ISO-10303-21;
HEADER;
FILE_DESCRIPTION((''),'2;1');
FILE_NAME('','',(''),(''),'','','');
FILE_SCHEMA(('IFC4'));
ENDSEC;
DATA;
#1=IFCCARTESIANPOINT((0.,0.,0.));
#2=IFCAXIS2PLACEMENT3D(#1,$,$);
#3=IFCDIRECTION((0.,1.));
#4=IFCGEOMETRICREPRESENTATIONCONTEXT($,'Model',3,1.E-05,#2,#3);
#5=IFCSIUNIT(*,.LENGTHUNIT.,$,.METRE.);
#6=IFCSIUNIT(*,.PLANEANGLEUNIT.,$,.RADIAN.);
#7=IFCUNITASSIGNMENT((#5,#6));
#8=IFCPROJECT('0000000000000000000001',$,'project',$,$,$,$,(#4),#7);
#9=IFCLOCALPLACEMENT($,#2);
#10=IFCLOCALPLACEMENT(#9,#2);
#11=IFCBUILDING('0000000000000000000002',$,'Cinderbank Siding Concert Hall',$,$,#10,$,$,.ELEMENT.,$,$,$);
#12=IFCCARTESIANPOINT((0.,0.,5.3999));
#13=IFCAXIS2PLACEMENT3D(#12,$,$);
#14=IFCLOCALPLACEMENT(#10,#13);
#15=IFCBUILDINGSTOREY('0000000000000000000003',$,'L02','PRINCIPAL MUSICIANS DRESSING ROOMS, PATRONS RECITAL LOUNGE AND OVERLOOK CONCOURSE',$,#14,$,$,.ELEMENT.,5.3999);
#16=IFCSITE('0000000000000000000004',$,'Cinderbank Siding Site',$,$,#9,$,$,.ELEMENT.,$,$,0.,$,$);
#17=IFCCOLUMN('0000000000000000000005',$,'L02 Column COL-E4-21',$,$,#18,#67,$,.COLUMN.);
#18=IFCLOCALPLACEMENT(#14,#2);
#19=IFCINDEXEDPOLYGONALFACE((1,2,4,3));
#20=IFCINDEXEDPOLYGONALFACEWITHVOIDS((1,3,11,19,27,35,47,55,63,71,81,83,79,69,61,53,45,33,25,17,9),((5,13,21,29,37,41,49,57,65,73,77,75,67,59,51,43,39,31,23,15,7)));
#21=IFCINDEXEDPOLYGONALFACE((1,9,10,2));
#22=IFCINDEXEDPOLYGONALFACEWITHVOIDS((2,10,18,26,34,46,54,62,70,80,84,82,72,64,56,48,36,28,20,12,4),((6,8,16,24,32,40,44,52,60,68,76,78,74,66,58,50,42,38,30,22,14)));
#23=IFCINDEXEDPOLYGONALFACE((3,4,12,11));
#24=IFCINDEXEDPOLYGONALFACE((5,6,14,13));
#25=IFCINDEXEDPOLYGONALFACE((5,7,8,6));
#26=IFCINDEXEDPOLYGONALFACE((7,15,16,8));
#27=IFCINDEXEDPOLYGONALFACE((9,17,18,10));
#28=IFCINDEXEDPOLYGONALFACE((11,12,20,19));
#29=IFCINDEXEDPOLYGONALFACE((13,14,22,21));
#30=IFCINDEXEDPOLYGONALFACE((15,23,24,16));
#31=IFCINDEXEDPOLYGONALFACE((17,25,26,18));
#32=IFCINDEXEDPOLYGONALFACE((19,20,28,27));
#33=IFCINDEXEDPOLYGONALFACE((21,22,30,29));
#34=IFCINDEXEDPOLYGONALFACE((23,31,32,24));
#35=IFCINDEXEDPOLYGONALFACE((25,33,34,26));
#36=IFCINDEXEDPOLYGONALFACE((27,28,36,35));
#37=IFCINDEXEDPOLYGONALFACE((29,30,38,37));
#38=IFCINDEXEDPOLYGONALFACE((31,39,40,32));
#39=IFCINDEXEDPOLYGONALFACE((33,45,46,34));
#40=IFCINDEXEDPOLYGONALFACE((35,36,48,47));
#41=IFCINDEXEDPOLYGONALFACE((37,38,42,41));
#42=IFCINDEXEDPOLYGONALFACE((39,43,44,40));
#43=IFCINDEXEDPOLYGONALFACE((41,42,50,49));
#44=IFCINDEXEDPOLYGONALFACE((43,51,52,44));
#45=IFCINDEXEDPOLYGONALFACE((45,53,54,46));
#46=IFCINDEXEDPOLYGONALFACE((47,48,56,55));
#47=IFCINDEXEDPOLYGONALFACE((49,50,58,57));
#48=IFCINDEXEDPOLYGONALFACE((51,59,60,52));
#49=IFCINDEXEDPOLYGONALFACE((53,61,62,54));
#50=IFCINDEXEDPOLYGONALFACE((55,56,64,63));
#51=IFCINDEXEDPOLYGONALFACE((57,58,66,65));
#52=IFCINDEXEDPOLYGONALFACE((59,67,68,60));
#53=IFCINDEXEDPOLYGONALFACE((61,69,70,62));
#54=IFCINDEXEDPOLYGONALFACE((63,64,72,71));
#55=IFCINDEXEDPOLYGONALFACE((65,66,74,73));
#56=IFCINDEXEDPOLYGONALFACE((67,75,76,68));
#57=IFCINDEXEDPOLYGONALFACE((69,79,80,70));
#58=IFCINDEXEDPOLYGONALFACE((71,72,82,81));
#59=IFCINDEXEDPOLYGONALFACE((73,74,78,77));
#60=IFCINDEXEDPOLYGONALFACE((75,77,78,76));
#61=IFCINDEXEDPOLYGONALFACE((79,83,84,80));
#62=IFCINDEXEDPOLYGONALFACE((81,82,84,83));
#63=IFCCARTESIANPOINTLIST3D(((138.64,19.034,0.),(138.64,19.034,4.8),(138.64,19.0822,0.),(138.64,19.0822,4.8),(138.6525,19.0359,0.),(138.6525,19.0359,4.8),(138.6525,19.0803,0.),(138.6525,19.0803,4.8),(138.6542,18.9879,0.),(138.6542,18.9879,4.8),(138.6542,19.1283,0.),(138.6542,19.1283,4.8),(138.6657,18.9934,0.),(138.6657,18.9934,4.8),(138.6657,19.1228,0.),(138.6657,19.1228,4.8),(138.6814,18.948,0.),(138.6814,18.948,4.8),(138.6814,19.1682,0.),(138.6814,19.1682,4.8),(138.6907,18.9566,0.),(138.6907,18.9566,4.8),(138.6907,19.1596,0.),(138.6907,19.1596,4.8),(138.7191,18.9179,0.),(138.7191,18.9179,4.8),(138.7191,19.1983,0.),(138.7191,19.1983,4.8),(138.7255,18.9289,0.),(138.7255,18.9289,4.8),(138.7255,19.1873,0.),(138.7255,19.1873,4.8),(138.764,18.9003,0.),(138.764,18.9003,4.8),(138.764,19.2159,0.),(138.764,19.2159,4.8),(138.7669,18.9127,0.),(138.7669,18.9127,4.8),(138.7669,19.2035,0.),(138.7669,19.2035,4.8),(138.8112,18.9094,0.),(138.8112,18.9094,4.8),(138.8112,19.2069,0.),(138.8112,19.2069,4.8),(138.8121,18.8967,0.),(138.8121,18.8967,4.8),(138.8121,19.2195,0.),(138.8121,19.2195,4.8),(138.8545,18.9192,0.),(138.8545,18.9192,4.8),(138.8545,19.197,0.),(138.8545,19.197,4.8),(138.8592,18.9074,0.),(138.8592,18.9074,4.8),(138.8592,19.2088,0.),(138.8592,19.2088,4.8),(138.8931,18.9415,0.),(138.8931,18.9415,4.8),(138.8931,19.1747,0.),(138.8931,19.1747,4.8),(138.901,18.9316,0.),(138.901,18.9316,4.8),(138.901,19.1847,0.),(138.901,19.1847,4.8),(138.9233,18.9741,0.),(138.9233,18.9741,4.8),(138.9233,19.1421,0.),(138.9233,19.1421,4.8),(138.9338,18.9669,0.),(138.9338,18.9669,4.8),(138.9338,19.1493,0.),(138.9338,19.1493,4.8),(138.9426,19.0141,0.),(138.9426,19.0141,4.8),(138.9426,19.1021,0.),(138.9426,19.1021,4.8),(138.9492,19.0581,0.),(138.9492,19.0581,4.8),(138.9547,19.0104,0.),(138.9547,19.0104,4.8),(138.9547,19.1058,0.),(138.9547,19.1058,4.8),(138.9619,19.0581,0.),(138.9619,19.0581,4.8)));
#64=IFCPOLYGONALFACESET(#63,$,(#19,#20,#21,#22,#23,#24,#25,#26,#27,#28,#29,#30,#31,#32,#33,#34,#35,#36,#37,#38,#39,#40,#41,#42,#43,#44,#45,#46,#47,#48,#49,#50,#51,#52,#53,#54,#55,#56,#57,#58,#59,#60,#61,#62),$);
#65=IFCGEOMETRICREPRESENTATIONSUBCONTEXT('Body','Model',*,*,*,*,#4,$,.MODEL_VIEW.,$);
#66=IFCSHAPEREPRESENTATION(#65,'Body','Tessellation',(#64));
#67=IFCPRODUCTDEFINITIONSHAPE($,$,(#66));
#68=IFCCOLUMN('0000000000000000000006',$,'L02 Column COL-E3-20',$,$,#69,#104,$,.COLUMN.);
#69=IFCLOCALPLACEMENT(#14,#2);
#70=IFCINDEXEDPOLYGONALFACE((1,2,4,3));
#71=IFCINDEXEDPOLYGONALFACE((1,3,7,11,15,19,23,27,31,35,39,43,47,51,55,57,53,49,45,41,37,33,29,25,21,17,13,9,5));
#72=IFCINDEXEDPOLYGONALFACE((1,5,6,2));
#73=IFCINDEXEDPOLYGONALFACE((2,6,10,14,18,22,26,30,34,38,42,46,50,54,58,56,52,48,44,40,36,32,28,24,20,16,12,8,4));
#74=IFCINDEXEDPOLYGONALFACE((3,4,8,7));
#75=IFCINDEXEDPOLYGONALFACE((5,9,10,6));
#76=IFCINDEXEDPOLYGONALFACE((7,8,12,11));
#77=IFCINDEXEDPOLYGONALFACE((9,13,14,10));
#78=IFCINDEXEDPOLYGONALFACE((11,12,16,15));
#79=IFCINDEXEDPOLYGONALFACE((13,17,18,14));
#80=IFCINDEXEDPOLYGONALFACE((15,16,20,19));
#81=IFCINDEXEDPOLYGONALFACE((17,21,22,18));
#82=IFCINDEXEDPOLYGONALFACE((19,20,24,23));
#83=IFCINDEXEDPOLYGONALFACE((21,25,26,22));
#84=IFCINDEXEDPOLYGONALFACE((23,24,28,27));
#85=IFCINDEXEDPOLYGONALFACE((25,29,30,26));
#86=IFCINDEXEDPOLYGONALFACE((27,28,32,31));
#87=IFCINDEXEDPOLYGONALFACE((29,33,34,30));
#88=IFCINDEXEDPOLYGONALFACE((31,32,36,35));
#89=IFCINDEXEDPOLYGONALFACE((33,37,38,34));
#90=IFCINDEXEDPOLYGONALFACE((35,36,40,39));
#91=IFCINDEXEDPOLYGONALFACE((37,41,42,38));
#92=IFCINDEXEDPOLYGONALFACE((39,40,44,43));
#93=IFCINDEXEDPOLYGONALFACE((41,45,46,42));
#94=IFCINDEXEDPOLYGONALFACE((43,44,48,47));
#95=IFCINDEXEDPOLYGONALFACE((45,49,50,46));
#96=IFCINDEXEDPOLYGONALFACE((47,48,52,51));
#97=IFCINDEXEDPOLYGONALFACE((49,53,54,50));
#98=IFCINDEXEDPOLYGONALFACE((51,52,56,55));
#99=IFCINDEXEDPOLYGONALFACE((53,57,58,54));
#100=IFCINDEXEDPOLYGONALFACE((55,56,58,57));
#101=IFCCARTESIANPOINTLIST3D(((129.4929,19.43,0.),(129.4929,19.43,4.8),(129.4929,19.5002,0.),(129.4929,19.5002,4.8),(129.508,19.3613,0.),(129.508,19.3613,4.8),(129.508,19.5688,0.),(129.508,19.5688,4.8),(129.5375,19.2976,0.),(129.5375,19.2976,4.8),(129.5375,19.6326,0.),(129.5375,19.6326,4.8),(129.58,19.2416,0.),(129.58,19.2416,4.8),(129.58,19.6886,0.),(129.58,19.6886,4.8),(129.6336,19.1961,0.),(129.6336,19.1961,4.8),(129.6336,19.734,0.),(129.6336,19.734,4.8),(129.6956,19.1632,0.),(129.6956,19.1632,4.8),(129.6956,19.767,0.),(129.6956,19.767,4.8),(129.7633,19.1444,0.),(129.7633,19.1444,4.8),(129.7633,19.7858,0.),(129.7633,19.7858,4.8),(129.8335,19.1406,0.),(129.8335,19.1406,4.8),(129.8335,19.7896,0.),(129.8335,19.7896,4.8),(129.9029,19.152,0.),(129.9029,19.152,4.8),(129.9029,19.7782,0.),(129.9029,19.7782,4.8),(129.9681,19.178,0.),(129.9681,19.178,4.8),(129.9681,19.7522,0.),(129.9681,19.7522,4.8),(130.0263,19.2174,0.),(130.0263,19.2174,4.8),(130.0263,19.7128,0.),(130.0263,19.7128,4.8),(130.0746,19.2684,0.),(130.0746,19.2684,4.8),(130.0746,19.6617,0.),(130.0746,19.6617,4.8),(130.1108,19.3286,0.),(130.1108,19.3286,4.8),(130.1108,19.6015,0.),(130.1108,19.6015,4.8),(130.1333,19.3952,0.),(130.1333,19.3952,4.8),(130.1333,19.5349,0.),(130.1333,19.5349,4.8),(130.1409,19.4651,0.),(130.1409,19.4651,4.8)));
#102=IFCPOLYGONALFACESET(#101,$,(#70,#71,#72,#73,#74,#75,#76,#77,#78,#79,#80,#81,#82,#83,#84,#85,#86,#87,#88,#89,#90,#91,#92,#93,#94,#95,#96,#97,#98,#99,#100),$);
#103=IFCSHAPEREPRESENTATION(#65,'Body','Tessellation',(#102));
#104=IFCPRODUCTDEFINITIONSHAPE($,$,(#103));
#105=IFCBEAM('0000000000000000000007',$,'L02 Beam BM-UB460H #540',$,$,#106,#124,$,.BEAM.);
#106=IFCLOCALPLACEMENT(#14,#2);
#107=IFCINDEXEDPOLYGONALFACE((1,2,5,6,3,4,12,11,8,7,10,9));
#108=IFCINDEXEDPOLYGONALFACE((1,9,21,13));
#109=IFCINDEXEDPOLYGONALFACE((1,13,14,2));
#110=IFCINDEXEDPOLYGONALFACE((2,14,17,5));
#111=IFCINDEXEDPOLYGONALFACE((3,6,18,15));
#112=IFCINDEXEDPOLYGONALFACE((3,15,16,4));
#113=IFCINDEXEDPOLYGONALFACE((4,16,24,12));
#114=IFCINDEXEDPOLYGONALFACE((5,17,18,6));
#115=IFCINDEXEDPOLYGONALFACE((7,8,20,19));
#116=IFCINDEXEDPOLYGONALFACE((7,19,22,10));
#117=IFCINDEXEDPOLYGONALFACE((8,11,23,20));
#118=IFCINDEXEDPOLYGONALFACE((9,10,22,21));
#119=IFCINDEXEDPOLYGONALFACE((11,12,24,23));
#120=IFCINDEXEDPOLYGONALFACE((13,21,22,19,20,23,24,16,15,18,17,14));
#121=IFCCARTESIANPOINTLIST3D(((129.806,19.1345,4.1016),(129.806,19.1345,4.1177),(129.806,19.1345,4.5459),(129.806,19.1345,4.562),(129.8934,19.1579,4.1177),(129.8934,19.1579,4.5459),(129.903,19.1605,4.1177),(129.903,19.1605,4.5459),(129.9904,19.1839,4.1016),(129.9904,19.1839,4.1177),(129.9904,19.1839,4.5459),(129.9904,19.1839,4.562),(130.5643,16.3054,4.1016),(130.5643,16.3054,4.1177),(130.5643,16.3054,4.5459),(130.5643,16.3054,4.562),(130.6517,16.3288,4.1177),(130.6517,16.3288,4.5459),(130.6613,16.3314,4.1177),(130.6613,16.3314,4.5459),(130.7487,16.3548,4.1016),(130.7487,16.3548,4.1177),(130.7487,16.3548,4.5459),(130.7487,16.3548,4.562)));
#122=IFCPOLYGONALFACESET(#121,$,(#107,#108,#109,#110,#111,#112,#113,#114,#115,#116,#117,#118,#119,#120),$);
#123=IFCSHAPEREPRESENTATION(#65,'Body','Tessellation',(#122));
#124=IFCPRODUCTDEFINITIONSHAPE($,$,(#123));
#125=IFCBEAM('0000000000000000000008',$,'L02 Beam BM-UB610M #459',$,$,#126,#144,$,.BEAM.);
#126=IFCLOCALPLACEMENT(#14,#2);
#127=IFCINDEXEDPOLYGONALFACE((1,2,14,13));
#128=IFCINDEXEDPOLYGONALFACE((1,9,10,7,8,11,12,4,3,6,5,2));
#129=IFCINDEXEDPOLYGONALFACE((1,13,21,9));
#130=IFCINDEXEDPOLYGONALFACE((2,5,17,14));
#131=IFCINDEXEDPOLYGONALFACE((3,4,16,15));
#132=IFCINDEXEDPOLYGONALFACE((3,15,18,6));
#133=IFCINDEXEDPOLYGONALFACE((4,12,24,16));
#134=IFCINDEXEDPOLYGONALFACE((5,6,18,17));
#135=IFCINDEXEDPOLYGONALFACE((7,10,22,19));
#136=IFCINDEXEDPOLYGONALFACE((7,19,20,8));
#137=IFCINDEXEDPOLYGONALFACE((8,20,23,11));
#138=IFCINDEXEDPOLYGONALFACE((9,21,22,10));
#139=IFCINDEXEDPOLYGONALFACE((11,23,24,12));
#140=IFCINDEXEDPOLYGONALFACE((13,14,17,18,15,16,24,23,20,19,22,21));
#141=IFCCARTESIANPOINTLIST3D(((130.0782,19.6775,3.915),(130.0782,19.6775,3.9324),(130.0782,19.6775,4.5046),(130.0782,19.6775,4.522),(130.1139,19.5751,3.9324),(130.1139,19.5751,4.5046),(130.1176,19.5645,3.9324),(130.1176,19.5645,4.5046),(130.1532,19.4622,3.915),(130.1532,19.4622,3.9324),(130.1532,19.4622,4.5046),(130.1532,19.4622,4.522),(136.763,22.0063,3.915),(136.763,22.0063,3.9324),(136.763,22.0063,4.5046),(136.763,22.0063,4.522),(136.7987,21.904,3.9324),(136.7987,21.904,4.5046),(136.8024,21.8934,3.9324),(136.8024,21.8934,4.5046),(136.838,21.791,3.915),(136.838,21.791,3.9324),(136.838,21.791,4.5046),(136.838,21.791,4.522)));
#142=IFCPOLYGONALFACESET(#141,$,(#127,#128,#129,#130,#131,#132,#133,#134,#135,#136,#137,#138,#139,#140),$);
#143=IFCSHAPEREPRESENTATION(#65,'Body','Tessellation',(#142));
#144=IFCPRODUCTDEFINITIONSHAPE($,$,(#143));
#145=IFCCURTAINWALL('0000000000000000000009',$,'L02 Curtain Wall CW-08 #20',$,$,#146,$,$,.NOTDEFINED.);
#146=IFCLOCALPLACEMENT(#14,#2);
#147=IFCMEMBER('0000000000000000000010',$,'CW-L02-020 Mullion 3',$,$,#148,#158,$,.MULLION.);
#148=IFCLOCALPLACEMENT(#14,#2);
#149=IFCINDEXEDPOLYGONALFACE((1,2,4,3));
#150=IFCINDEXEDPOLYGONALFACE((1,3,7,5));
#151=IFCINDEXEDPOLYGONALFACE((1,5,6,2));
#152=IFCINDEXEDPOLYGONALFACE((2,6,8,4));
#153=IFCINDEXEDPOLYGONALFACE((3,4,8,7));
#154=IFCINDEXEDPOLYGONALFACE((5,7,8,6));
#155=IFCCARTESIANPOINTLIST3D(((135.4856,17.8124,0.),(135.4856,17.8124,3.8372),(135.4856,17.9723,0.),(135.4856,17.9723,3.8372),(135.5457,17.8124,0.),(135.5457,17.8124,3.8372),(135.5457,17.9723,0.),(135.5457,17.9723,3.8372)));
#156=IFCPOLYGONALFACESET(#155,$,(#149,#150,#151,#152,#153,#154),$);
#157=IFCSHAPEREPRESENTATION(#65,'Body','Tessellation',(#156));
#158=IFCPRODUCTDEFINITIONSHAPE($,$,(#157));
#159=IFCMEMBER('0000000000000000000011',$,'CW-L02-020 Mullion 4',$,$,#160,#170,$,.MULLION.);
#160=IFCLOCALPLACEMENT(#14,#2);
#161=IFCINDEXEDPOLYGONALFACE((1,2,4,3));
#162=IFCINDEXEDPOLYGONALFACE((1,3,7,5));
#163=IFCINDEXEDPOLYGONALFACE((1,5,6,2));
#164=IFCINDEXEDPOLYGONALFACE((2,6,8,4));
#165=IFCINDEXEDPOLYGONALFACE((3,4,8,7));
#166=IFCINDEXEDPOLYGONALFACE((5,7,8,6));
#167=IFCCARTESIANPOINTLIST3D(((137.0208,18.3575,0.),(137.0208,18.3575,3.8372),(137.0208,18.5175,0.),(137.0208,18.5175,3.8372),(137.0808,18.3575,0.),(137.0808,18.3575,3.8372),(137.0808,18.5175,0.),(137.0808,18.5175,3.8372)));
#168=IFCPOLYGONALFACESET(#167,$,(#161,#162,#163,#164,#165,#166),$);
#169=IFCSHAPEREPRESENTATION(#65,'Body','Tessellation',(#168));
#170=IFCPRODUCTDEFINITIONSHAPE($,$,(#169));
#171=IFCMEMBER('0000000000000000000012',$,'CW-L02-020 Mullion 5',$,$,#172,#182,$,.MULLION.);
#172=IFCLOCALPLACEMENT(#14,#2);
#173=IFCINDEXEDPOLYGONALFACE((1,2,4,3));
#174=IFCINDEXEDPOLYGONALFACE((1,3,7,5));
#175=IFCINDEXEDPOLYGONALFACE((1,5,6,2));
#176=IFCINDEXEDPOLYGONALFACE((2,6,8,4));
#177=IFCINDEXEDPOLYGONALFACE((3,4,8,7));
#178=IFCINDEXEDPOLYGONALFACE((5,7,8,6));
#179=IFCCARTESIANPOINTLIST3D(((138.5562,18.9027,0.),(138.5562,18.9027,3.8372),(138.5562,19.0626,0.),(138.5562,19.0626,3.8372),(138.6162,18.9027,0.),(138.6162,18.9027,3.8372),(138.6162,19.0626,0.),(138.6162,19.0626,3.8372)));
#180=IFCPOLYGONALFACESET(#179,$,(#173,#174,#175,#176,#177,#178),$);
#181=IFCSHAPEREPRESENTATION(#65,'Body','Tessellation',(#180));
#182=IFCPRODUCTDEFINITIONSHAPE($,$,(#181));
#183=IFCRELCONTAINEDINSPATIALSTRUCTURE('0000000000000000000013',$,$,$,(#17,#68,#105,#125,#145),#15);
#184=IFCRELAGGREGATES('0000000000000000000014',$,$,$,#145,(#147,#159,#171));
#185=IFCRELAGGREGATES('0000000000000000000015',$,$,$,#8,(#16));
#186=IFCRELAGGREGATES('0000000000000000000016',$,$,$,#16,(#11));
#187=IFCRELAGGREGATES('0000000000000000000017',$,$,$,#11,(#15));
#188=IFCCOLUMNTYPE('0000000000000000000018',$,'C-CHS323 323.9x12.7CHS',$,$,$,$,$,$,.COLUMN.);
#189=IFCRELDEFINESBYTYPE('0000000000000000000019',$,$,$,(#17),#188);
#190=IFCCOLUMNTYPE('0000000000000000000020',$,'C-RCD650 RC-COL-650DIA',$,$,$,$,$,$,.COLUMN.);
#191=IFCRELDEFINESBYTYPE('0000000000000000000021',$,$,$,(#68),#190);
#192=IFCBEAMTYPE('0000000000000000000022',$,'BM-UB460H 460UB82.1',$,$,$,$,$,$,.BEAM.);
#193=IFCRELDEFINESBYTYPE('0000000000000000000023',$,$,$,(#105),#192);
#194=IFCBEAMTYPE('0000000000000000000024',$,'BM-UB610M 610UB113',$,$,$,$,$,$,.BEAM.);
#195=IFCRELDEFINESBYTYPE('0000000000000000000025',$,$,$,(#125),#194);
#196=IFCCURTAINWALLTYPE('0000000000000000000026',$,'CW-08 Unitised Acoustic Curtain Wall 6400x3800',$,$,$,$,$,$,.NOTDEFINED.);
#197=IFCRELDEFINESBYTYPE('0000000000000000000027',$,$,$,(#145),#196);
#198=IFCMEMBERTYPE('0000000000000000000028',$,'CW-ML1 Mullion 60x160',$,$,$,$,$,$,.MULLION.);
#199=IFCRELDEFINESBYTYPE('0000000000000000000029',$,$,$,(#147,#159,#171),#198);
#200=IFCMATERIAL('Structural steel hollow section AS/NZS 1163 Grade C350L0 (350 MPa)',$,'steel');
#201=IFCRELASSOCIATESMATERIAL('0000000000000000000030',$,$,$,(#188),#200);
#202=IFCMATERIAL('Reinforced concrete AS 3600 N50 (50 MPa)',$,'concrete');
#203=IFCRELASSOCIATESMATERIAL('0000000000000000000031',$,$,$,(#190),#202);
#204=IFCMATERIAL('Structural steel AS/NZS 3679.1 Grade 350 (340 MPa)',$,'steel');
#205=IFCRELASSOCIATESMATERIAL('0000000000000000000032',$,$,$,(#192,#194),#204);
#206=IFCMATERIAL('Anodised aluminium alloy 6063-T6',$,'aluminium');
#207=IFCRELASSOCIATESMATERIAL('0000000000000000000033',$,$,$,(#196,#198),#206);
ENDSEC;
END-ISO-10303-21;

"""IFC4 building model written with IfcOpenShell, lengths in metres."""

from ifc_helpers import new_model, si_unit, direction, frame, origin, origin_2d, place, context, subcontext, project, spatial, rectangle, circle, hollow_circle, i_section, extrude, material, material_profile, profile_set, type_object, element, aggregate, save


model = new_model("IFC4")

# Units and contexts
model_context = context("Model", 3, precision=1e-05, world=origin(), true_north=direction((0.0, 1.0)))
body_context = subcontext(model_context, "Body", "Model", "MODEL_VIEW")
ifc_project = project(units=[si_unit("LENGTHUNIT", "METRE"), si_unit("PLANEANGLEUNIT", "RADIAN")], contexts=[model_context])

# Site, building, storey
site_placement = place(None, origin())
site = spatial("IfcSite", under=ifc_project, at=site_placement, Name="Cinderbank Siding Site", CompositionType="ELEMENT", RefElevation=0.0)
building_placement = place(site_placement, origin())
building = spatial("IfcBuilding", under=site, at=building_placement, Name="Cinderbank Siding Concert Hall", CompositionType="ELEMENT")
storey_placement = place(building_placement, frame((0.0, 0.0, 5.3999)))
storey = spatial("IfcBuildingStorey", under=building, at=storey_placement, Name="L02", Description="PRINCIPAL MUSICIANS DRESSING ROOMS, PATRONS RECITAL LOUNGE AND OVERLOOK CONCOURSE", CompositionType="ELEMENT", Elevation=5.3999)

# Columns
ifc_material_1 = material(Name="Structural steel hollow section AS/NZS 1163 Grade C350L0 (350 MPa)", Category="steel")
ifc_material_profile_1 = material_profile(ifc_material_1, hollow_circle(Radius=0.1619, WallThickness=0.0127, at=origin_2d()), Name="323.9x12.7CHS", Category="LoadBearing")
ifc_profile_set_1 = profile_set([ifc_material_profile_1], Name="Structural steel hollow section AS/NZS 1163 Grade C350L0 (350 MPa)")
column_type_1 = type_object("IfcColumnType", Name="C-CHS323 323.9x12.7CHS", PredefinedType="COLUMN", material=ifc_profile_set_1)
column_1_placement = place(storey_placement, frame((138.8, 19.0581, 0.0), z_axis=(0.0, 0.0, 1.0), x_axis=(1.0, 0.0, 0.0)))
element("IfcColumn", 1, at=column_1_placement, inside=storey, type_object=column_type_1, Name="L02 Column COL-E4-21", PredefinedType="COLUMN", context=body_context, shape_type="SweptSolid", body=[
    extrude(hollow_circle(Radius=0.1619, WallThickness=0.0127, at=origin_2d()), origin(), (0.0, 0.0, 1.0), 4.8),
])
ifc_material_2 = material(Name="Reinforced concrete AS 3600 N50 (50 MPa)", Category="concrete")
ifc_material_profile_2 = material_profile(ifc_material_2, circle(Radius=0.325, at=origin_2d()), Name="RC-COL-650DIA", Category="LoadBearing")
ifc_profile_set_2 = profile_set([ifc_material_profile_2], Name="Reinforced concrete AS 3600 N50 (50 MPa)")
column_type_2 = type_object("IfcColumnType", Name="C-RCD650 RC-COL-650DIA", PredefinedType="COLUMN", material=ifc_profile_set_2)
column_2_placement = place(storey_placement, frame((129.8159, 19.4651, 0.0), z_axis=(0.0, 0.0, 1.0), x_axis=(1.0, 0.0, 0.0)))
element("IfcColumn", 2, at=column_2_placement, inside=storey, type_object=column_type_2, Name="L02 Column COL-E3-20", PredefinedType="COLUMN", context=body_context, shape_type="SweptSolid", body=[
    extrude(circle(Radius=0.325, at=origin_2d()), origin(), (0.0, 0.0, 1.0), 4.8),
])

# Beams
ifc_material_3 = material(Name="Structural steel AS/NZS 3679.1 Grade 350 (340 MPa)", Category="steel")
ifc_material_profile_3 = material_profile(ifc_material_3, i_section(OverallWidth=0.1909, OverallDepth=0.4604, WebThickness=0.01, FlangeThickness=0.0161, at=origin_2d()), Name="460UB82.1", Category="LoadBearing")
ifc_profile_set_3 = profile_set([ifc_material_profile_3], Name="Structural steel AS/NZS 3679.1 Grade 350 (340 MPa)")
beam_type_1 = type_object("IfcBeamType", Name="BM-UB460H 460UB82.1", PredefinedType="BEAM", material=ifc_profile_set_3)
beam_1_placement = place(storey_placement, frame((129.8982, 19.1592, 4.3318), z_axis=(0.258897, -0.965905, 0.0), x_axis=(0.965905, 0.258897, 0.0)))
element("IfcBeam", 3, at=beam_1_placement, inside=storey, type_object=beam_type_1, Name="L02 Beam BM-UB460H #540", PredefinedType="BEAM", context=body_context, shape_type="SweptSolid", body=[
    extrude(i_section(OverallWidth=0.1909, OverallDepth=0.4604, WebThickness=0.01, FlangeThickness=0.0161, at=origin_2d()), origin(), (0.0, 0.0, 1.0), 2.929),
])
ifc_material_profile_4 = material_profile(ifc_material_3, i_section(OverallWidth=0.228, OverallDepth=0.6069, WebThickness=0.0112, FlangeThickness=0.0173, at=origin_2d()), Name="610UB113", Category="LoadBearing")
ifc_profile_set_4 = profile_set([ifc_material_profile_4], Name="Structural steel AS/NZS 3679.1 Grade 350 (340 MPa)")
beam_type_2 = type_object("IfcBeamType", Name="BM-UB610M 610UB113", PredefinedType="BEAM", material=ifc_profile_set_4)
beam_2_placement = place(storey_placement, frame((130.1157, 19.5698, 4.2185), z_axis=(0.944334, 0.328987, 0.0), x_axis=(-0.328987, 0.944334, 0.0)))
element("IfcBeam", 4, at=beam_2_placement, inside=storey, type_object=beam_type_2, Name="L02 Beam BM-UB610M #459", PredefinedType="BEAM", context=body_context, shape_type="SweptSolid", body=[
    extrude(i_section(OverallWidth=0.228, OverallDepth=0.6069, WebThickness=0.0112, FlangeThickness=0.0173, at=origin_2d()), origin(), (0.0, 0.0, 1.0), 7.0789),
])

# Curtain wall, members
ifc_material_4 = material(Name="Anodised aluminium alloy 6063-T6", Category="aluminium")
curtain_wall_type_1 = type_object("IfcCurtainWallType", Name="CW-08 Unitised Acoustic Curtain Wall 6400x3800", PredefinedType="NOTDEFINED", material=ifc_material_4)
curtain_wall_1_placement = place(storey_placement, origin())
curtain_wall_1 = element("IfcCurtainWall", 5, at=curtain_wall_1_placement, inside=storey, type_object=curtain_wall_type_1, Name="L02 Curtain Wall CW-08 #20", PredefinedType="NOTDEFINED")
ifc_material_profile_5 = material_profile(ifc_material_4, rectangle(XDim=0.0601, YDim=0.1599, at=origin_2d()), Name="ALU-MULL-60x160", Category="LoadBearing")
ifc_profile_set_5 = profile_set([ifc_material_profile_5], Name="Anodised aluminium alloy 6063-T6")
member_type_1 = type_object("IfcMemberType", Name="CW-ML1 Mullion 60x160", PredefinedType="MULLION", material=ifc_profile_set_5)
member_1_placement = place(storey_placement, frame((135.5156, 17.8923, 0.0), z_axis=(0.0, 0.0, 1.0), x_axis=(1.0, 0.0, 0.0)))
member_1 = element("IfcMember", 6, at=member_1_placement, type_object=member_type_1, Name="CW-L02-020 Mullion 3", PredefinedType="MULLION", context=body_context, shape_type="SweptSolid", body=[
    extrude(rectangle(XDim=0.0601, YDim=0.1599, at=origin_2d()), origin(), (0.0, 0.0, 1.0), 3.8372),
])
member_2_placement = place(storey_placement, frame((137.0508, 18.4375, 0.0), z_axis=(0.0, 0.0, 1.0), x_axis=(1.0, 0.0, 0.0)))
member_2 = element("IfcMember", 7, at=member_2_placement, type_object=member_type_1, Name="CW-L02-020 Mullion 4", PredefinedType="MULLION", context=body_context, shape_type="SweptSolid", body=[
    extrude(rectangle(XDim=0.0601, YDim=0.1599, at=origin_2d()), origin(), (0.0, 0.0, 1.0), 3.8372),
])
member_3_placement = place(storey_placement, frame((138.5862, 18.9827, 0.0), z_axis=(0.0, 0.0, 1.0), x_axis=(1.0, 0.0, 0.0)))
member_3 = element("IfcMember", 8, at=member_3_placement, type_object=member_type_1, Name="CW-L02-020 Mullion 5", PredefinedType="MULLION", context=body_context, shape_type="SweptSolid", body=[
    extrude(rectangle(XDim=0.0601, YDim=0.1599, at=origin_2d()), origin(), (0.0, 0.0, 1.0), 3.8372),
])

aggregate(curtain_wall_1, [member_1, member_2, member_3])

save(model, "model.ifc")
